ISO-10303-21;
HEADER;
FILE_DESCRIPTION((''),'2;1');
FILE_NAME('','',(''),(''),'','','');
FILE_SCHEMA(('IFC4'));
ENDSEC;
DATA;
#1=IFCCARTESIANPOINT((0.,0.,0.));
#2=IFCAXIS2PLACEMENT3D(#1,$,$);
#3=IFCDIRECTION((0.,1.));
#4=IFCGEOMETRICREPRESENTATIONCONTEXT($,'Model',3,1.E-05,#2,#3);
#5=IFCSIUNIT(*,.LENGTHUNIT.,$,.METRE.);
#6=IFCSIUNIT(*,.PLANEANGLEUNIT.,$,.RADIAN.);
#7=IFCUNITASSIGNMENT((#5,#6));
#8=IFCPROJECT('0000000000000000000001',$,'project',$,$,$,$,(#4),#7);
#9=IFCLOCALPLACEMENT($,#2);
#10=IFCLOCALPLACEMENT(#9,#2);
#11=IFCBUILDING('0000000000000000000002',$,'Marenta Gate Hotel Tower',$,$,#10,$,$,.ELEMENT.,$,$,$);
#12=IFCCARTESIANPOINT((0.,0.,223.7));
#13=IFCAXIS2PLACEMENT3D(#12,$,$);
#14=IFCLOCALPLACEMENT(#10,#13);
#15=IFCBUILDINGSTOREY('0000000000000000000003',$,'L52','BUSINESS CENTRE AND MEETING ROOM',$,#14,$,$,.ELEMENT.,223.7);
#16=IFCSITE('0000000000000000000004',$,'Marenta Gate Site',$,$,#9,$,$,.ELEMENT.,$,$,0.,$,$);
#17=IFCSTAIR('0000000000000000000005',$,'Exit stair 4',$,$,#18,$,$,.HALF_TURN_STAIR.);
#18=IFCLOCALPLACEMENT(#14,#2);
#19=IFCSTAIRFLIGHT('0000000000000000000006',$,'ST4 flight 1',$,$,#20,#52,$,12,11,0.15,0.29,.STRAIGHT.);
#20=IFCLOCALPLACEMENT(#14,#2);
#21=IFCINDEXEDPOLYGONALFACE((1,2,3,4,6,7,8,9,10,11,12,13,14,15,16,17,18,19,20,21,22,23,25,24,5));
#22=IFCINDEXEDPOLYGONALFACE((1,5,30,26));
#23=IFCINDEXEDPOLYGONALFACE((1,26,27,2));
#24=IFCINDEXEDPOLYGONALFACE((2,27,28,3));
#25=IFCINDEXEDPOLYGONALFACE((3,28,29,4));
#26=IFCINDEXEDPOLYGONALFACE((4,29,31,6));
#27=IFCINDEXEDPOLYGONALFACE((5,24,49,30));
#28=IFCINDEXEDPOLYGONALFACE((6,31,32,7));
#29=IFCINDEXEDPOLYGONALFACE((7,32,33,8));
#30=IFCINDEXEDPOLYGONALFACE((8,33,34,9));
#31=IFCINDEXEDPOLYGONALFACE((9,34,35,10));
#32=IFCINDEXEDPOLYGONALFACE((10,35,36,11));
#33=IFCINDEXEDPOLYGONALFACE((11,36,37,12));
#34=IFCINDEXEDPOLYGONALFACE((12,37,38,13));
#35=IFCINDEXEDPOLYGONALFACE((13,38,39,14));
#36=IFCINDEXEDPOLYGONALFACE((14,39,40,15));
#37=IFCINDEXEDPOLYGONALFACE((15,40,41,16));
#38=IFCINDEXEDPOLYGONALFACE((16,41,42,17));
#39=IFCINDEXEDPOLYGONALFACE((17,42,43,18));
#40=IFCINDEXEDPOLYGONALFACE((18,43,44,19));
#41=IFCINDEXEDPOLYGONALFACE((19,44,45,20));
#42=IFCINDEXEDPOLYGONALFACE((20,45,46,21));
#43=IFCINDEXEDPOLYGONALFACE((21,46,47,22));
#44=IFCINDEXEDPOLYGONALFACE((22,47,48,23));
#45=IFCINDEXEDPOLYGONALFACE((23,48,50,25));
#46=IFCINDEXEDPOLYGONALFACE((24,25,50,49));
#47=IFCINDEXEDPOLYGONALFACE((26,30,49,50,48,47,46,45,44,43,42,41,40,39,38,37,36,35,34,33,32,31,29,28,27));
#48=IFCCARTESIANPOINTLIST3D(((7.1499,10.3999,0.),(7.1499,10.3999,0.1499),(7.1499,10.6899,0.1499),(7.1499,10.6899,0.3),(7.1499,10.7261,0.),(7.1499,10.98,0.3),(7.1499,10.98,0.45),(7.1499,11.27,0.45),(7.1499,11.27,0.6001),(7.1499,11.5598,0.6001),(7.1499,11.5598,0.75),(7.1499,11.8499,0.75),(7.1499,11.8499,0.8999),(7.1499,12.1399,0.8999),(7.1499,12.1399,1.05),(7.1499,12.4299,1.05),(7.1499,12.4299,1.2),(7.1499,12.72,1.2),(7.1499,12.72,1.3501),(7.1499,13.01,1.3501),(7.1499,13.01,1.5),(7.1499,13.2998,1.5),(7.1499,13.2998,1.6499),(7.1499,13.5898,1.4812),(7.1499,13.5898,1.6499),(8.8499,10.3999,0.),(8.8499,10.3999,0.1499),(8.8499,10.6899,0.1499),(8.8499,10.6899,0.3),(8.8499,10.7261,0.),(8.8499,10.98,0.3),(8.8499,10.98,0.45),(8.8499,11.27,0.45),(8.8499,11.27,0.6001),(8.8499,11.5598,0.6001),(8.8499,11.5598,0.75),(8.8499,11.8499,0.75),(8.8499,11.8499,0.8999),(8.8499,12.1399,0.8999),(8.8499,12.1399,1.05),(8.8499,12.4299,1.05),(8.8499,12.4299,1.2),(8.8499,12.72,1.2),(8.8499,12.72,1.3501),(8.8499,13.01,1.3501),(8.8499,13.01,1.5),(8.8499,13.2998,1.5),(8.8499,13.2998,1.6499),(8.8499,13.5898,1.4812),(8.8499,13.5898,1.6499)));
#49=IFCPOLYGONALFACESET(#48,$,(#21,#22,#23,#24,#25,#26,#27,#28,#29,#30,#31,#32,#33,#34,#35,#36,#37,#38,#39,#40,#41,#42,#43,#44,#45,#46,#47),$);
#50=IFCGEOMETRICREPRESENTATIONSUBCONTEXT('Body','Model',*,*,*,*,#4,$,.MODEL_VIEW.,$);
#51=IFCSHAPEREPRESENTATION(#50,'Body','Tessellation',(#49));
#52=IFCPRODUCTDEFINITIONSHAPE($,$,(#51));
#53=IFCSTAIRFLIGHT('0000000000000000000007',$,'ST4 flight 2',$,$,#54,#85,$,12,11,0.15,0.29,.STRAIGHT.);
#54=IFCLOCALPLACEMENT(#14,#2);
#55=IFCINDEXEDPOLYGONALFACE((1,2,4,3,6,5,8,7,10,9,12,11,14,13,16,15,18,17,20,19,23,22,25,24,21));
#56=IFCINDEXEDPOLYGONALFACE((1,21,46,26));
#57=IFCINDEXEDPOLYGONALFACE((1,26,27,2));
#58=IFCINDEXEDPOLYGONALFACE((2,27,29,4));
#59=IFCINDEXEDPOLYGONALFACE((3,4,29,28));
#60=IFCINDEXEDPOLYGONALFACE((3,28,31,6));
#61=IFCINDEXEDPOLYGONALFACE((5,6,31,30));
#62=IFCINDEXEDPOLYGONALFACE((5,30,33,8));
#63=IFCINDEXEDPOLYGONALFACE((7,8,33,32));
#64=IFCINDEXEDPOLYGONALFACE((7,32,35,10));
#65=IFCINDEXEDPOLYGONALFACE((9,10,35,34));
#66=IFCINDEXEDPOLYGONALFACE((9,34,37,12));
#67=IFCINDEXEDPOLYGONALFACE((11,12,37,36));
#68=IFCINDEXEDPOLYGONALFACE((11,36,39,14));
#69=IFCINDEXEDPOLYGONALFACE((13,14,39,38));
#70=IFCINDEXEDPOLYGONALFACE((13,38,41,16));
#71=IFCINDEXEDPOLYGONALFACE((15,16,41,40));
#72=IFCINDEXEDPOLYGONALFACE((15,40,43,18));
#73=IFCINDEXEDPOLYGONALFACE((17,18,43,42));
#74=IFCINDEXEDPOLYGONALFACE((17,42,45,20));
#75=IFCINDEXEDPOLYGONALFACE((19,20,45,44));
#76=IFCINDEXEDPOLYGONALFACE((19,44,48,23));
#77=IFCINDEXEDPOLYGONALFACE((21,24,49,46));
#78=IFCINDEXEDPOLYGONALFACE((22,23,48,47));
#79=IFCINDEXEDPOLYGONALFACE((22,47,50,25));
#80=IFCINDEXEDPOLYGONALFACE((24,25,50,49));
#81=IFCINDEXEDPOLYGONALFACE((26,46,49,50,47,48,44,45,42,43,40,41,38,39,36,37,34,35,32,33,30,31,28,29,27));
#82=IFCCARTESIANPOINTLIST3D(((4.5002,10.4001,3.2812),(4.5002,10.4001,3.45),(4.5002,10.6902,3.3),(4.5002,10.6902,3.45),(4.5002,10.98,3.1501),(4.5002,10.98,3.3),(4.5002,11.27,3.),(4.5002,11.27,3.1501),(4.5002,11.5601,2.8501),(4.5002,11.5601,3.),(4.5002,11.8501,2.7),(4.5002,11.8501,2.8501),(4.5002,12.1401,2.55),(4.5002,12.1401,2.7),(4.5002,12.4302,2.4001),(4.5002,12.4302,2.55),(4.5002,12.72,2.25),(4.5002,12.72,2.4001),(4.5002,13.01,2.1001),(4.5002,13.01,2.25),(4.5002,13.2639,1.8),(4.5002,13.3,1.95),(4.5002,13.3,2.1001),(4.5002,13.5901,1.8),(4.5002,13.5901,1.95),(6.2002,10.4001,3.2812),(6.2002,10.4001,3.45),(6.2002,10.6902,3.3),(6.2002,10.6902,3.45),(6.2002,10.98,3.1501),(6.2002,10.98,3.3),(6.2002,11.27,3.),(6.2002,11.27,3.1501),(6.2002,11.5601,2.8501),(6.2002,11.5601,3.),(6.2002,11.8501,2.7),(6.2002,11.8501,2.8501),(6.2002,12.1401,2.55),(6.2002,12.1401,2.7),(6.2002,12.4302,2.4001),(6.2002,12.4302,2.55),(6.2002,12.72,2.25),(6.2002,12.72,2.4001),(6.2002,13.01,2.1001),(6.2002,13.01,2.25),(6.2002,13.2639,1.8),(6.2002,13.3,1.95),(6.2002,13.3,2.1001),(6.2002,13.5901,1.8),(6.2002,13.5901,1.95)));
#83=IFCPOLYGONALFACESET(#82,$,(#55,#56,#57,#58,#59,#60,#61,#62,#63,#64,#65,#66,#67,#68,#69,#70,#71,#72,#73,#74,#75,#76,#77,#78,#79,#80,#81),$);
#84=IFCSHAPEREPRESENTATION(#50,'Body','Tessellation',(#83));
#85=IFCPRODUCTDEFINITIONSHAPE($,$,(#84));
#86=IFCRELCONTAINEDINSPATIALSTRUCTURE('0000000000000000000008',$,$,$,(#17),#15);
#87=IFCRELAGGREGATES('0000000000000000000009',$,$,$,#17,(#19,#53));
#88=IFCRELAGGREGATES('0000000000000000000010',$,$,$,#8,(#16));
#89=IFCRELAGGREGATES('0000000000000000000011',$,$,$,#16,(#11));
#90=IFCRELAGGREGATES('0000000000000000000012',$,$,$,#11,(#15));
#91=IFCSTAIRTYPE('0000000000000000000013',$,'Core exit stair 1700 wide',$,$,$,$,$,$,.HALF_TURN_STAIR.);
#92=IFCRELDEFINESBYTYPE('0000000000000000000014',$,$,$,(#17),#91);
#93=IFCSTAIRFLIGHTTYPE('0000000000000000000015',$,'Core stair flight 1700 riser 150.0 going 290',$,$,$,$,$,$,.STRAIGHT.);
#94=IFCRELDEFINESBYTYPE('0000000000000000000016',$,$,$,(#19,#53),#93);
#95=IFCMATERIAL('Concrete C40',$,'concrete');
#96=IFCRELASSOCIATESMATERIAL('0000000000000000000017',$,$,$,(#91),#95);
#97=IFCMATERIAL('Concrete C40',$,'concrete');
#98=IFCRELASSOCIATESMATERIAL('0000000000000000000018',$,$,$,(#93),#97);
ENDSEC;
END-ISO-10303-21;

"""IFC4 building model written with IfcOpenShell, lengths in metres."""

from ifc_helpers import new_model, si_unit, direction, frame, origin, place, context, subcontext, project, spatial, polyline, outline, extrude, material, type_object, element, aggregate, save


model = new_model("IFC4")

# Units and contexts
model_context = context("Model", 3, precision=1e-05, world=origin(), true_north=direction((0.0, 1.0)))
body_context = subcontext(model_context, "Body", "Model", "MODEL_VIEW")
ifc_project = project(units=[si_unit("LENGTHUNIT", "METRE"), si_unit("PLANEANGLEUNIT", "RADIAN")], contexts=[model_context])

# Site, building, storey
site_placement = place(None, origin())
site = spatial("IfcSite", under=ifc_project, at=site_placement, Name="Marenta Gate Site", CompositionType="ELEMENT", RefElevation=0.0)
building_placement = place(site_placement, origin())
building = spatial("IfcBuilding", under=site, at=building_placement, Name="Marenta Gate Hotel Tower", CompositionType="ELEMENT")
storey_placement = place(building_placement, frame((0.0, 0.0, 223.7)))
storey = spatial("IfcBuildingStorey", under=building, at=storey_placement, Name="L52", Description="BUSINESS CENTRE AND MEETING ROOM", CompositionType="ELEMENT", Elevation=223.7)

# Stair, stair flights
ifc_material_1 = material(Name="Concrete C40", Category="concrete")
stair_type = type_object("IfcStairType", Name="Core exit stair 1700 wide", PredefinedType="HALF_TURN_STAIR", material=ifc_material_1)
stair_placement = place(storey_placement, origin())
stair = element("IfcStair", 1, at=stair_placement, inside=storey, type_object=stair_type, Name="Exit stair 4", PredefinedType="HALF_TURN_STAIR")
ifc_material_2 = material(Name="Concrete C40", Category="concrete")
stair_flight_type = type_object("IfcStairFlightType", Name="Core stair flight 1700 riser 150.0 going 290", PredefinedType="STRAIGHT", material=ifc_material_2)
stair_flight_1_placement = place(storey_placement, frame((8.0, 10.3999, 0.0), z_axis=(0.0, 0.0, 1.0), x_axis=(0.0, 1.0, 0.0)))
stair_flight_1 = element("IfcStairFlight", 2, at=stair_flight_1_placement, type_object=stair_flight_type, Name="ST4 flight 1", NumberOfRisers=12, NumberOfTreads=11, PredefinedType="STRAIGHT", RiserHeight=0.15, TreadLength=0.29, context=body_context, shape_type="SweptSolid", body=[
    extrude(outline(polyline([(0.0, 0.0), (0.0, 0.1499), (0.29, 0.1499), (0.29, 0.3), (0.5801, 0.3), (0.5801, 0.45), (0.8701, 0.45), (0.8701, 0.6001), (1.1599, 0.6001), (1.1599, 0.75), (1.45, 0.75), (1.45, 0.8999), (1.74, 0.8999), (1.74, 1.05), (2.03, 1.05), (2.03, 1.2), (2.3201, 1.2), (2.3201, 1.3501), (2.6101, 1.3501), (2.6101, 1.5), (2.8999, 1.5), (2.8999, 1.6499), (3.1899, 1.6499), (3.1899, 1.8), (3.1899, 1.4812), (0.3262, 0.0), (0.0, 0.0)])), frame((0.0, 0.8501, 0.0), z_axis=(0.0, -1.0, 0.0), x_axis=(1.0, 0.0, 0.0)), (0.0, 0.0, 1.0), 1.7),
])
stair_flight_2_placement = place(storey_placement, frame((5.3501, 13.5901, 1.8), z_axis=(0.0, 0.0, 1.0), x_axis=(0.0, -1.0, 0.0)))
stair_flight_2 = element("IfcStairFlight", 3, at=stair_flight_2_placement, type_object=stair_flight_type, Name="ST4 flight 2", NumberOfRisers=12, NumberOfTreads=11, PredefinedType="STRAIGHT", RiserHeight=0.15, TreadLength=0.29, context=body_context, shape_type="SweptSolid", body=[
    extrude(outline(polyline([(0.0, 0.0), (0.0, 0.1499), (0.29, 0.1499), (0.29, 0.3), (0.5801, 0.3), (0.5801, 0.45), (0.8701, 0.45), (0.8701, 0.6001), (1.1599, 0.6001), (1.1599, 0.75), (1.45, 0.75), (1.45, 0.8999), (1.74, 0.8999), (1.74, 1.05), (2.03, 1.05), (2.03, 1.2), (2.3201, 1.2), (2.3201, 1.3501), (2.6101, 1.3501), (2.6101, 1.5), (2.8999, 1.5), (2.8999, 1.6499), (3.1899, 1.6499), (3.1899, 1.8), (3.1899, 1.4812), (0.3262, 0.0), (0.0, 0.0)])), frame((0.0, 0.8501, 0.0), z_axis=(0.0, -1.0, 0.0), x_axis=(1.0, 0.0, 0.0)), (0.0, 0.0, 1.0), 1.7),
])
aggregate(stair, [stair_flight_1, stair_flight_2])

save(model, "model.ifc")
